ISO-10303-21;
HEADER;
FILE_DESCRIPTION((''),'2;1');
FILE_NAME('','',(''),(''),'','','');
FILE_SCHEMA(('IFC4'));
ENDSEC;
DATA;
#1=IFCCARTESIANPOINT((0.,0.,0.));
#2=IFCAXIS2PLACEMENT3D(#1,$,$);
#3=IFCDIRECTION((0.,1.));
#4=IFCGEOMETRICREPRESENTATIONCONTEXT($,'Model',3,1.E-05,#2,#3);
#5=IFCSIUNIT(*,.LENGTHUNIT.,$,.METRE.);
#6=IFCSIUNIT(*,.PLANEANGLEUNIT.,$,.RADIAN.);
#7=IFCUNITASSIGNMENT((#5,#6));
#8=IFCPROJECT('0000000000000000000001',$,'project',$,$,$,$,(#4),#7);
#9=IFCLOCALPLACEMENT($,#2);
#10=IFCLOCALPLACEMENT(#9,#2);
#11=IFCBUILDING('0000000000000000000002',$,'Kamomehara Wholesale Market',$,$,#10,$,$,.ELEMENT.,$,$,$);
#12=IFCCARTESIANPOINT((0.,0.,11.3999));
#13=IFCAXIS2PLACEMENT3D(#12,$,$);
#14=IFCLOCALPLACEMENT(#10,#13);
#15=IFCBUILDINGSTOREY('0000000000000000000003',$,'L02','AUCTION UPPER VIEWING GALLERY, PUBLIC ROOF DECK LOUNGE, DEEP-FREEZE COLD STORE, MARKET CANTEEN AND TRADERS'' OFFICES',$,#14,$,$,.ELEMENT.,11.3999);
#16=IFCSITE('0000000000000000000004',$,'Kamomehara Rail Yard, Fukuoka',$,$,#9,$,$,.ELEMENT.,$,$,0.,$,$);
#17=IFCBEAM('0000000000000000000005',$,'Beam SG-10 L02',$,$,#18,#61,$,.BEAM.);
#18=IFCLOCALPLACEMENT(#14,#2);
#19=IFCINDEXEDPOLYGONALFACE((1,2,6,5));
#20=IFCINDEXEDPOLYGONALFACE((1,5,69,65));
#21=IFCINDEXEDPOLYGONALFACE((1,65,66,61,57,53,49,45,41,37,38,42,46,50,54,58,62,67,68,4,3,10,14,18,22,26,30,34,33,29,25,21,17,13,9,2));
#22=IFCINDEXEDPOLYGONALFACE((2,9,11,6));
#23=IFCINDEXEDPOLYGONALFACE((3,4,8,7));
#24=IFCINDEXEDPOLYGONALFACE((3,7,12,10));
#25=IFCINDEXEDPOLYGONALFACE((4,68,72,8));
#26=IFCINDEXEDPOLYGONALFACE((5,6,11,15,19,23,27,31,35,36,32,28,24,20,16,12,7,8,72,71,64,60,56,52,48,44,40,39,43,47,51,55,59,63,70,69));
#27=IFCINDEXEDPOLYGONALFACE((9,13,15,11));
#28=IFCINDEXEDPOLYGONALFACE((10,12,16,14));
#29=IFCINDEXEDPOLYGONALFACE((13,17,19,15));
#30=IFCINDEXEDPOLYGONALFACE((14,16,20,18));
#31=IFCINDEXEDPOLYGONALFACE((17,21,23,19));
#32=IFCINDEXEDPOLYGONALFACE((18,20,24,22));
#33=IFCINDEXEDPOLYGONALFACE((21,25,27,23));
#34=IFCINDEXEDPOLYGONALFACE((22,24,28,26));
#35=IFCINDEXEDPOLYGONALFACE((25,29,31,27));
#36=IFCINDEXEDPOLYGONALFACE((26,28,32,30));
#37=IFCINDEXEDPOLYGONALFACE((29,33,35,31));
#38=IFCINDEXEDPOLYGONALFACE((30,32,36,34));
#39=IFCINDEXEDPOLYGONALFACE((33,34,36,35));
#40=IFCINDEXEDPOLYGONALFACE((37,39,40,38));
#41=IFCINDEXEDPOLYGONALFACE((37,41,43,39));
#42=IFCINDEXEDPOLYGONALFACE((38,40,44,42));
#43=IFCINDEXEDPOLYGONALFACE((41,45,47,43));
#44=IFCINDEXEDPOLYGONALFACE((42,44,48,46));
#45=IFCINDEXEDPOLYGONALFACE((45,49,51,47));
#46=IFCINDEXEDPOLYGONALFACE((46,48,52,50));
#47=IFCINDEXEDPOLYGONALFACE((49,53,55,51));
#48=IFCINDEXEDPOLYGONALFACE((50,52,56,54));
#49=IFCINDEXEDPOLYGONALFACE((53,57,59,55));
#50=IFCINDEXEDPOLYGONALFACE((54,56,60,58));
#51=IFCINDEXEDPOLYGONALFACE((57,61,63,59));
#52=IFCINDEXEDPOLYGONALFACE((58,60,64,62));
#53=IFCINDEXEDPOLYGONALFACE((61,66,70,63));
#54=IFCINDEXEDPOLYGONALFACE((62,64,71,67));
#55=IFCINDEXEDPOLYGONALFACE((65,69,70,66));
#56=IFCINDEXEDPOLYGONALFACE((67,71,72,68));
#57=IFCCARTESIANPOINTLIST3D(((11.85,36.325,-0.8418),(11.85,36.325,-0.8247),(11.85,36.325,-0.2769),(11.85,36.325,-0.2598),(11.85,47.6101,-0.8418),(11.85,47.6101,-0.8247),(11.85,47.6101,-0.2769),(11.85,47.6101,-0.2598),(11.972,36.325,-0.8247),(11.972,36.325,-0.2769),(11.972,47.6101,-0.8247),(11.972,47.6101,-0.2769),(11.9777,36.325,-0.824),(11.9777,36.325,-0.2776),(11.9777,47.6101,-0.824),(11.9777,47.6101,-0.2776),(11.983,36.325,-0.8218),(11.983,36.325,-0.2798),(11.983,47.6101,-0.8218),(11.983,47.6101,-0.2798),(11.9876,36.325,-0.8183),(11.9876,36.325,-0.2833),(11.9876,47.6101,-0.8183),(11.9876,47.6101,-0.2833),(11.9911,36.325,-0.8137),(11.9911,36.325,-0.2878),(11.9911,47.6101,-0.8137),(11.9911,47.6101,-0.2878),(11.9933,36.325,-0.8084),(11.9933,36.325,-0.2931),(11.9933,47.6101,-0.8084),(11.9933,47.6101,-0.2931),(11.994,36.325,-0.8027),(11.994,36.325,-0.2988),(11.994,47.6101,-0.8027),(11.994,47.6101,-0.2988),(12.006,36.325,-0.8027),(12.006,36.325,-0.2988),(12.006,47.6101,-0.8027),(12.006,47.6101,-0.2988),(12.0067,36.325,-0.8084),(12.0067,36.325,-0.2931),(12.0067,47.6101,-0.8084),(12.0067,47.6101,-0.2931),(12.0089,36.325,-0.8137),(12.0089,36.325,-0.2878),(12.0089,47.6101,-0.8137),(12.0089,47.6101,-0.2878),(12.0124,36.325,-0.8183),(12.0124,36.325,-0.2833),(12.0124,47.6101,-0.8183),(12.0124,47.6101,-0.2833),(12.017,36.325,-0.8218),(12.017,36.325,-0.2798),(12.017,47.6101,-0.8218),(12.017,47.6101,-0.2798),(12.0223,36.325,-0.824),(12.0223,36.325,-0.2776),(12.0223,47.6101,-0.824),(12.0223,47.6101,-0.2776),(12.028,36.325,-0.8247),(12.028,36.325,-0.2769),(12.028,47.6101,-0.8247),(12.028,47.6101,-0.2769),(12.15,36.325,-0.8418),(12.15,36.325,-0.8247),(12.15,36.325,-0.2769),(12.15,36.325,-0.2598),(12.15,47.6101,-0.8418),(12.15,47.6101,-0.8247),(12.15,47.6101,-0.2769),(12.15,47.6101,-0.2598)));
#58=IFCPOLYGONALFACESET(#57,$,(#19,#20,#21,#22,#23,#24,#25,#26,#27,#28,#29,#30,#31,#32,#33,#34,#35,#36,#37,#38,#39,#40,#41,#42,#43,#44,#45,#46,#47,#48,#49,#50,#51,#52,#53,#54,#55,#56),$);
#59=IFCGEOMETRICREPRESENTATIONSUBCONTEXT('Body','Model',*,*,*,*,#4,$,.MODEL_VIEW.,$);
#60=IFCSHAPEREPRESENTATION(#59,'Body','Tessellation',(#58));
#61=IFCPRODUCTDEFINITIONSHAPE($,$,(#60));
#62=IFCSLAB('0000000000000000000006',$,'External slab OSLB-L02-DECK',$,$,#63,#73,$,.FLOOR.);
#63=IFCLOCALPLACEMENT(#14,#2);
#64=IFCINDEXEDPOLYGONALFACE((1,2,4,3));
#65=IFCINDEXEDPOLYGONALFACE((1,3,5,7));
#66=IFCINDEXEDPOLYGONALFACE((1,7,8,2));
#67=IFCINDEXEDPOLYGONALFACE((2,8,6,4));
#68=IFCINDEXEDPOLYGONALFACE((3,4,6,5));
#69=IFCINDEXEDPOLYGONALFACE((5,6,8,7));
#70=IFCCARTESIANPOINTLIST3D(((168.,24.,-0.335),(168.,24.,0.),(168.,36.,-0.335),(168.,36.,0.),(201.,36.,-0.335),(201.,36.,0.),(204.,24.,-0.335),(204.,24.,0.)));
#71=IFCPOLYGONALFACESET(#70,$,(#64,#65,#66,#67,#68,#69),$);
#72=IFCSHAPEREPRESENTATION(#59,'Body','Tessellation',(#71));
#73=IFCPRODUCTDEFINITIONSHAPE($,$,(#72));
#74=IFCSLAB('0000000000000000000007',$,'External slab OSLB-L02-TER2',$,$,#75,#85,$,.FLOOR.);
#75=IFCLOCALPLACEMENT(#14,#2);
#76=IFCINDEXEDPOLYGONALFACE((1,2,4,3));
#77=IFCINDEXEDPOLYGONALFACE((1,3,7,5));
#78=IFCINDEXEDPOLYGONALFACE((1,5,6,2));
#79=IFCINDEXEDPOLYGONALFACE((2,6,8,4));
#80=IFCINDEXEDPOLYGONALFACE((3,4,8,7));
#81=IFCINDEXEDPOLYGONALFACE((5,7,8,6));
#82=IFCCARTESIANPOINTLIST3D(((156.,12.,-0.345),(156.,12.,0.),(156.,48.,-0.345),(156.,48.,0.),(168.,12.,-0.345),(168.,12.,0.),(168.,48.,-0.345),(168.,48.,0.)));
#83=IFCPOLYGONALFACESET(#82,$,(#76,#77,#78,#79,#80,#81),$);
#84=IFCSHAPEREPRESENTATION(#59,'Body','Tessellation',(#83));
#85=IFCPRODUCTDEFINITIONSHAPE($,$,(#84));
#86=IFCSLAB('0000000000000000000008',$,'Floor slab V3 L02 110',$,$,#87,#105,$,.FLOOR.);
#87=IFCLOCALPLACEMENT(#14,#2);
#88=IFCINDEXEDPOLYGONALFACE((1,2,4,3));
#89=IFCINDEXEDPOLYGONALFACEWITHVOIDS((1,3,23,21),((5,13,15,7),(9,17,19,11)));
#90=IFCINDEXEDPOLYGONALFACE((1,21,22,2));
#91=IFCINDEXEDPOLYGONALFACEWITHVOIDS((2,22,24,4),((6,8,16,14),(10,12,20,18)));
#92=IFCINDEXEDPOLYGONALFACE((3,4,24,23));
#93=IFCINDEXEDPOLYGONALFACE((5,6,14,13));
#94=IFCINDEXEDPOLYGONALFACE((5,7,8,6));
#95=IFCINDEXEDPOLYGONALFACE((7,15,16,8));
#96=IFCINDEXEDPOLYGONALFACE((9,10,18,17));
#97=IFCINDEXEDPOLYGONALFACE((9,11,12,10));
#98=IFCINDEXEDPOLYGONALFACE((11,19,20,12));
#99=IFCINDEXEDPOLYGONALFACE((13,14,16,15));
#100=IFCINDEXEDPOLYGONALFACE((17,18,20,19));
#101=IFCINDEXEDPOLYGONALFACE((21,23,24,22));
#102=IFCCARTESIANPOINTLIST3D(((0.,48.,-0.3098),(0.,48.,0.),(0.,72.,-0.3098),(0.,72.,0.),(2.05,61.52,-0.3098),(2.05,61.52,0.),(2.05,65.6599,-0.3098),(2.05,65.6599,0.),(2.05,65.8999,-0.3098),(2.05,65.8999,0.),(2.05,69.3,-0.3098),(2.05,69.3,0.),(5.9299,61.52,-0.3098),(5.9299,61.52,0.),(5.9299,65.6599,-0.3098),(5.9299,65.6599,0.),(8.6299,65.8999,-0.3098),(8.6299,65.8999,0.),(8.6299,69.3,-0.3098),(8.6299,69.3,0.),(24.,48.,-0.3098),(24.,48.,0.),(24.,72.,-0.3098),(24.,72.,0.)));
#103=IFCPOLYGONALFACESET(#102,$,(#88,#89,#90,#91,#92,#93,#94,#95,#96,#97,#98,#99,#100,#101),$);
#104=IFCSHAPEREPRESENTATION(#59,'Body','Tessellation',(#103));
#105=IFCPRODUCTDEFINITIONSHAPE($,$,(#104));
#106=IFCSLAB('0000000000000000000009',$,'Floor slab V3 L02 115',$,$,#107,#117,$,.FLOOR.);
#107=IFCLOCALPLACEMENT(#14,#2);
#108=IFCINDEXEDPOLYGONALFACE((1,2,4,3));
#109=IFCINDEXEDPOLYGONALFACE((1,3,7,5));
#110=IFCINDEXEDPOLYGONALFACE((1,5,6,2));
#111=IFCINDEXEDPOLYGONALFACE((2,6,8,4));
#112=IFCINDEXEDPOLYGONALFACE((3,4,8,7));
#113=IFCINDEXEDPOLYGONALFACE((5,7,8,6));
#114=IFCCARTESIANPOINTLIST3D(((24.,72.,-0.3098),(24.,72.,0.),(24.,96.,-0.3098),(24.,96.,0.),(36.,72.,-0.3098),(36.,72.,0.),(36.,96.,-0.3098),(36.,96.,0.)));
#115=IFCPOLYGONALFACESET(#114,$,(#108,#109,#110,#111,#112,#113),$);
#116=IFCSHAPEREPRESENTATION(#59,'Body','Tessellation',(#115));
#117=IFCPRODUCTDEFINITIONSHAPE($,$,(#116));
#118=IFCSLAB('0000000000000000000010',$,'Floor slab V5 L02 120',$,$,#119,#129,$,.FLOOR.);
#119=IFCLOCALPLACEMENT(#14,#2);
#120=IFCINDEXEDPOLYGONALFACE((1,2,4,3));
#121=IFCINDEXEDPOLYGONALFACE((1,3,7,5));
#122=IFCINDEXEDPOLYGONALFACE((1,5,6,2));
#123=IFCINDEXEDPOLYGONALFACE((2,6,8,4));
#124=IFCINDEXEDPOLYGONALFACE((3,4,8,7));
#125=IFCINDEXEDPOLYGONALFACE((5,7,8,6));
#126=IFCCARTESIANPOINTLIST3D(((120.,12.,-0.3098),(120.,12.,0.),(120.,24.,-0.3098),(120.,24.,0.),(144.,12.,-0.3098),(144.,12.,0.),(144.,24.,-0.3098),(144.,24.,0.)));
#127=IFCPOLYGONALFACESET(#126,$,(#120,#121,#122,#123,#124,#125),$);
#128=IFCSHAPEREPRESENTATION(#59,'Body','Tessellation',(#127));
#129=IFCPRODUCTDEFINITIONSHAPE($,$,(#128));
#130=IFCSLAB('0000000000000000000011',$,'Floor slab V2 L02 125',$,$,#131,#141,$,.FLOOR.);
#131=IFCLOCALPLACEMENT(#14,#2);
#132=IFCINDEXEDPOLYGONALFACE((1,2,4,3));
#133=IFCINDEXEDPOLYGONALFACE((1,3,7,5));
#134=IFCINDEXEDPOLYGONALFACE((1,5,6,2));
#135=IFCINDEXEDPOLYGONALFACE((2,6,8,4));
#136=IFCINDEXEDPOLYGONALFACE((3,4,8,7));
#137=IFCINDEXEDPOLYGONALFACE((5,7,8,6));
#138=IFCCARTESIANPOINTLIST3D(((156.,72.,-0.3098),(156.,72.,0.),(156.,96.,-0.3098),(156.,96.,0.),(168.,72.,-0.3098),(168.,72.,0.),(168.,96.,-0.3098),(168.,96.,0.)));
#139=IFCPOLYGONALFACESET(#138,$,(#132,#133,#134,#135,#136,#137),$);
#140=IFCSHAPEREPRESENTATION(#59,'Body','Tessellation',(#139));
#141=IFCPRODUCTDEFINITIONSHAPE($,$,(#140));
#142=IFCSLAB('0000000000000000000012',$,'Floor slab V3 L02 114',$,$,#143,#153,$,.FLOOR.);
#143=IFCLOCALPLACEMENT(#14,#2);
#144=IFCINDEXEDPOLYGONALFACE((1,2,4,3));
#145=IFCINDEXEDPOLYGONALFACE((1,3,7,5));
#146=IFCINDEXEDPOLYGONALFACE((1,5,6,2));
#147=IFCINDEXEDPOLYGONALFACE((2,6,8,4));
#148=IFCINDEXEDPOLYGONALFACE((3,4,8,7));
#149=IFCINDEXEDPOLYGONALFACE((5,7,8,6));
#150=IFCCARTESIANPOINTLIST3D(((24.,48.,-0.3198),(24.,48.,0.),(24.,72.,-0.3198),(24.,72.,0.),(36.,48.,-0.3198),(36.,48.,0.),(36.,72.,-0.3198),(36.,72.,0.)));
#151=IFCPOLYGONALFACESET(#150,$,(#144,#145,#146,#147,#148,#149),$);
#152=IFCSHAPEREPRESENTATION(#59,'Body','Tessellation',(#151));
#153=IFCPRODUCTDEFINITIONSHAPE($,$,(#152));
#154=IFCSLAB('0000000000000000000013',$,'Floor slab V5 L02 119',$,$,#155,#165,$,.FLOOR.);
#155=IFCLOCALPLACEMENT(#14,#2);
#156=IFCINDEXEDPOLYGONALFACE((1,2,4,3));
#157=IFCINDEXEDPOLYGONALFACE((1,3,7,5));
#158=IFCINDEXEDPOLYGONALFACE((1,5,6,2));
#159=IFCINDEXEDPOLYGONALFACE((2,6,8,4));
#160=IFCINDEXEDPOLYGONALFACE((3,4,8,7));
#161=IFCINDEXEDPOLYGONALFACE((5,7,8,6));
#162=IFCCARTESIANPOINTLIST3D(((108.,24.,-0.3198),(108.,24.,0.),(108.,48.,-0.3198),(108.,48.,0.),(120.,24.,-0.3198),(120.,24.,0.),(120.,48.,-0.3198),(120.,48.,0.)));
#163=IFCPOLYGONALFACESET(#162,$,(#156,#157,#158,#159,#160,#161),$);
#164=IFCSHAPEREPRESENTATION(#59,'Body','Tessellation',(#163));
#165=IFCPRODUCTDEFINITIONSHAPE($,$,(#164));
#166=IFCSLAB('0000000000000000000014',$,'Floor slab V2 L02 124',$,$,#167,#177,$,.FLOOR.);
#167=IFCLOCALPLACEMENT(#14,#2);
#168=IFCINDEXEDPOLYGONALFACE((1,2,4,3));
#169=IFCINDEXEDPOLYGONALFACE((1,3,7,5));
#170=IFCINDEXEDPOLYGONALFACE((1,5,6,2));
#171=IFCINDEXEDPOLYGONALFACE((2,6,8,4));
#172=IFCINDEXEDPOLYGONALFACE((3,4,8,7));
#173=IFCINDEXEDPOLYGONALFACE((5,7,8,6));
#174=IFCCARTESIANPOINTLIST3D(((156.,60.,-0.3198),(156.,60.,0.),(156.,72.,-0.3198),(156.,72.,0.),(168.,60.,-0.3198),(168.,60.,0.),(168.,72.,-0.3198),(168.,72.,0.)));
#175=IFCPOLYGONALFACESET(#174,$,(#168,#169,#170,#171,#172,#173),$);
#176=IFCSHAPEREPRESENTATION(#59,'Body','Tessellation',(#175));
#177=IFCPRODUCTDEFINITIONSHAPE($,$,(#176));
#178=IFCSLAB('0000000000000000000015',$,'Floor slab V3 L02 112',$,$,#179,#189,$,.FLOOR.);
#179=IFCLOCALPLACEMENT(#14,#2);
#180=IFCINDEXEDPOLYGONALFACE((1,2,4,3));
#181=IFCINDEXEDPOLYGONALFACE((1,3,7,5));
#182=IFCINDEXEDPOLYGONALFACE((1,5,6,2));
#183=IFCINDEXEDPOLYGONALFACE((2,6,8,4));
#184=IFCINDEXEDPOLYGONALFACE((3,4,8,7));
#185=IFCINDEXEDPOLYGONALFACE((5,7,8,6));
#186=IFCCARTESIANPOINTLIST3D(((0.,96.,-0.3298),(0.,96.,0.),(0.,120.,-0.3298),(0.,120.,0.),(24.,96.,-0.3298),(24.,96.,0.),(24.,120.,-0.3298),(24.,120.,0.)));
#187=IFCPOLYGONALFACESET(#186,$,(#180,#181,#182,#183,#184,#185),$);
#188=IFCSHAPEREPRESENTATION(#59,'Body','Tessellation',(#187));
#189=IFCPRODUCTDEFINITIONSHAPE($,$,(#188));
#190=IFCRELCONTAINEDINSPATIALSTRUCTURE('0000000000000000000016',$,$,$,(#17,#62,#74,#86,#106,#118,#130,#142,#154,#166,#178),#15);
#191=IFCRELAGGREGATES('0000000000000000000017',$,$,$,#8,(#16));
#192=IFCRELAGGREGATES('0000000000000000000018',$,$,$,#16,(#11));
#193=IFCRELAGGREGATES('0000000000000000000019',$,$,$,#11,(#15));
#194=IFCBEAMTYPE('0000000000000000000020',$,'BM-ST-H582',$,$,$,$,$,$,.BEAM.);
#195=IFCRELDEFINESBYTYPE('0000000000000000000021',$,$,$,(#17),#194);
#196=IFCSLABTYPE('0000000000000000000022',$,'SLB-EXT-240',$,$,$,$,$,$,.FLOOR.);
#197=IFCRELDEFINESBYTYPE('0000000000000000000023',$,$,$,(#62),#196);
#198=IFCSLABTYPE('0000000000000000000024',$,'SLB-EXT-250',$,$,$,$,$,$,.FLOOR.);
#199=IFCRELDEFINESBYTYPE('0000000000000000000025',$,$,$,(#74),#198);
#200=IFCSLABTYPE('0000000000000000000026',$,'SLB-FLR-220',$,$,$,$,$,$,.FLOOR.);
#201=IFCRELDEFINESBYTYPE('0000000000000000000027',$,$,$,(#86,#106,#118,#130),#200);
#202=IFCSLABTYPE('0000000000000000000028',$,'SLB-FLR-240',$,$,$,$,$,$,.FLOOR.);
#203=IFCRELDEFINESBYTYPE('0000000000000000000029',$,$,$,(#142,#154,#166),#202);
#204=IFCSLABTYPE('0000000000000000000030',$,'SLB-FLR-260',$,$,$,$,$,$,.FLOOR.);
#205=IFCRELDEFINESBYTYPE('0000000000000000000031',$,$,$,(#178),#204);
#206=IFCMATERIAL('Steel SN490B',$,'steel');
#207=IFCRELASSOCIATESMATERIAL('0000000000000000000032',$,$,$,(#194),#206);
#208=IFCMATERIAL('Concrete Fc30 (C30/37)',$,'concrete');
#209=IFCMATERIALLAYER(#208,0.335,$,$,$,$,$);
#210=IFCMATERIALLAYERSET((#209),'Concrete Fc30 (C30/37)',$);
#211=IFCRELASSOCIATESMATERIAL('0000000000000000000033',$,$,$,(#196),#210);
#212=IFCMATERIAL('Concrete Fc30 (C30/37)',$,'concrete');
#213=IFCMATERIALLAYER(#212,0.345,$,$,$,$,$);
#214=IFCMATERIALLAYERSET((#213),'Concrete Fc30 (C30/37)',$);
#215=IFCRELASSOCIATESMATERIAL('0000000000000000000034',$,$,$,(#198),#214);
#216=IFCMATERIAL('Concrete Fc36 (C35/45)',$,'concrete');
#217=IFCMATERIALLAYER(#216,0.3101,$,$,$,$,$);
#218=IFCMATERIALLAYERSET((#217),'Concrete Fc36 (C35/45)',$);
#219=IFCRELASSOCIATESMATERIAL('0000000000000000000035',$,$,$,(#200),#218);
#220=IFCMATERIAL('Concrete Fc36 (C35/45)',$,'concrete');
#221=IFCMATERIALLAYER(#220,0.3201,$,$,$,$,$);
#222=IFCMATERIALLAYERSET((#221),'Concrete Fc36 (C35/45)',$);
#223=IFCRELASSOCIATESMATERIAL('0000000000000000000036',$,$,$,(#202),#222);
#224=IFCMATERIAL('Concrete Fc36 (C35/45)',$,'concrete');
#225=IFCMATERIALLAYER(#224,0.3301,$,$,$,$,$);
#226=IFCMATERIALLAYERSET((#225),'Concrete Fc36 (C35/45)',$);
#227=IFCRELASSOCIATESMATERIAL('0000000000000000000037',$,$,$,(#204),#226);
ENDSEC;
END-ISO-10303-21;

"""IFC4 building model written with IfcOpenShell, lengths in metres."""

from ifc_helpers import new_model, si_unit, direction, frame, origin, origin_2d, place, context, subcontext, project, spatial, polyline, i_section, outline, extrude, material, layer, layer_set, material_profile, profile_set, type_object, element, save


model = new_model("IFC4")

# Units and contexts
model_context = context("Model", 3, precision=1e-05, world=origin(), true_north=direction((0.0, 1.0)))
body_context = subcontext(model_context, "Body", "Model", "MODEL_VIEW")
ifc_project = project(units=[si_unit("LENGTHUNIT", "METRE"), si_unit("PLANEANGLEUNIT", "RADIAN")], contexts=[model_context])

# Site, building, storey
site_placement = place(None, origin())
site = spatial("IfcSite", under=ifc_project, at=site_placement, Name="Kamomehara Rail Yard, Fukuoka", CompositionType="ELEMENT", RefElevation=0.0)
building_placement = place(site_placement, origin())
building = spatial("IfcBuilding", under=site, at=building_placement, Name="Kamomehara Wholesale Market", CompositionType="ELEMENT")
storey_placement = place(building_placement, frame((0.0, 0.0, 11.3999)))
storey = spatial("IfcBuildingStorey", under=building, at=storey_placement, Name="L02", Description="AUCTION UPPER VIEWING GALLERY, PUBLIC ROOF DECK LOUNGE, DEEP-FREEZE COLD STORE, MARKET CANTEEN AND TRADERS' OFFICES", CompositionType="ELEMENT", Elevation=11.3999)

# Beam
ifc_material_1 = material(Name="Steel SN490B", Category="steel")
ifc_material_profile_1 = material_profile(ifc_material_1, i_section(OverallWidth=0.3, OverallDepth=0.582, WebThickness=0.012, FlangeThickness=0.0171, FilletRadius=0.022, at=origin_2d()), Name="H-582x300x12x17")
ifc_profile_set_1 = profile_set([ifc_material_profile_1], Name="Steel SN490B")
beam_type_1 = type_object("IfcBeamType", Name="BM-ST-H582", PredefinedType="BEAM", material=ifc_profile_set_1)
beam_1_placement = place(storey_placement, frame((12.0, 36.325, -0.5508), z_axis=(0.0, 1.0, 0.0), x_axis=(-1.0, 0.0, 0.0)))
element("IfcBeam", 1, at=beam_1_placement, inside=storey, type_object=beam_type_1, Name="Beam SG-10 L02", PredefinedType="BEAM", context=body_context, shape_type="SweptSolid", body=[
    extrude(i_section(OverallWidth=0.3, OverallDepth=0.582, WebThickness=0.012, FlangeThickness=0.0171, FilletRadius=0.022, at=origin_2d()), origin(), (0.0, 0.0, 1.0), 11.2852),
])

# Slabs
ifc_material_2 = material(Name="Concrete Fc30 (C30/37)", Category="concrete")
ifc_layer_1 = layer(ifc_material_2, 0.335)
ifc_layer_set_1 = layer_set([ifc_layer_1], Name="Concrete Fc30 (C30/37)")
slab_type_1 = type_object("IfcSlabType", Name="SLB-EXT-240", PredefinedType="FLOOR", material=ifc_layer_set_1)
slab_1_placement = place(storey_placement, frame((0.0, 0.0, -0.335)))
element("IfcSlab", 2, at=slab_1_placement, inside=storey, type_object=slab_type_1, Name="External slab OSLB-L02-DECK", PredefinedType="FLOOR", context=body_context, shape_type="SweptSolid", body=[
    extrude(outline(polyline([(168.0, 24.0), (204.0, 24.0), (201.0, 36.0), (168.0, 36.0), (168.0, 24.0)])), origin(), (0.0, 0.0, 1.0), 0.335),
])
ifc_material_3 = material(Name="Concrete Fc30 (C30/37)", Category="concrete")
ifc_layer_2 = layer(ifc_material_3, 0.345)
ifc_layer_set_2 = layer_set([ifc_layer_2], Name="Concrete Fc30 (C30/37)")
slab_type_2 = type_object("IfcSlabType", Name="SLB-EXT-250", PredefinedType="FLOOR", material=ifc_layer_set_2)
slab_2_placement = place(storey_placement, frame((0.0, 0.0, -0.345)))
element("IfcSlab", 3, at=slab_2_placement, inside=storey, type_object=slab_type_2, Name="External slab OSLB-L02-TER2", PredefinedType="FLOOR", context=body_context, shape_type="SweptSolid", body=[
    extrude(outline(polyline([(156.0, 12.0), (168.0, 12.0), (168.0, 48.0), (156.0, 48.0), (156.0, 12.0)])), origin(), (0.0, 0.0, 1.0), 0.345),
])
ifc_material_4 = material(Name="Concrete Fc36 (C35/45)", Category="concrete")
ifc_layer_3 = layer(ifc_material_4, 0.3101)
ifc_layer_set_3 = layer_set([ifc_layer_3], Name="Concrete Fc36 (C35/45)")
slab_type_3 = type_object("IfcSlabType", Name="SLB-FLR-220", PredefinedType="FLOOR", material=ifc_layer_set_3)
slab_3_placement = place(storey_placement, frame((0.0, 0.0, -0.3098)))
element("IfcSlab", 4, at=slab_3_placement, inside=storey, type_object=slab_type_3, Name="Floor slab V3 L02 110", PredefinedType="FLOOR", context=body_context, shape_type="SweptSolid", body=[
    extrude(outline(polyline([(24.0, 72.0), (24.0, 48.0), (0.0, 48.0), (0.0, 72.0), (24.0, 72.0)]), holes=[polyline([(8.6299, 65.8999), (8.6299, 69.3), (2.05, 69.3), (2.05, 65.8999), (8.6299, 65.8999)]), polyline([(5.9299, 61.52), (5.9299, 65.6599), (2.05, 65.6599), (2.05, 61.52), (5.9299, 61.52)])]), origin(), (0.0, 0.0, 1.0), 0.3098),
])
slab_4_placement = place(storey_placement, frame((0.0, 0.0, -0.3098)))
element("IfcSlab", 5, at=slab_4_placement, inside=storey, type_object=slab_type_3, Name="Floor slab V3 L02 115", PredefinedType="FLOOR", context=body_context, shape_type="SweptSolid", body=[
    extrude(outline(polyline([(36.0, 72.0), (24.0, 72.0), (24.0, 96.0), (36.0, 96.0), (36.0, 72.0)])), origin(), (0.0, 0.0, 1.0), 0.3098),
])
slab_5_placement = place(storey_placement, frame((0.0, 0.0, -0.3098)))
element("IfcSlab", 6, at=slab_5_placement, inside=storey, type_object=slab_type_3, Name="Floor slab V5 L02 120", PredefinedType="FLOOR", context=body_context, shape_type="SweptSolid", body=[
    extrude(outline(polyline([(120.0, 24.0), (144.0, 24.0), (144.0, 12.0), (120.0, 12.0), (120.0, 24.0)])), origin(), (0.0, 0.0, 1.0), 0.3098),
])
slab_6_placement = place(storey_placement, frame((0.0, 0.0, -0.3098)))
element("IfcSlab", 7, at=slab_6_placement, inside=storey, type_object=slab_type_3, Name="Floor slab V2 L02 125", PredefinedType="FLOOR", context=body_context, shape_type="SweptSolid", body=[
    extrude(outline(polyline([(168.0, 72.0), (156.0, 72.0), (156.0, 96.0), (168.0, 96.0), (168.0, 72.0)])), origin(), (0.0, 0.0, 1.0), 0.3098),
])
ifc_material_5 = material(Name="Concrete Fc36 (C35/45)", Category="concrete")
ifc_layer_4 = layer(ifc_material_5, 0.3201)
ifc_layer_set_4 = layer_set([ifc_layer_4], Name="Concrete Fc36 (C35/45)")
slab_type_4 = type_object("IfcSlabType", Name="SLB-FLR-240", PredefinedType="FLOOR", material=ifc_layer_set_4)
slab_7_placement = place(storey_placement, frame((0.0, 0.0, -0.3198)))
element("IfcSlab", 8, at=slab_7_placement, inside=storey, type_object=slab_type_4, Name="Floor slab V3 L02 114", PredefinedType="FLOOR", context=body_context, shape_type="SweptSolid", body=[
    extrude(outline(polyline([(36.0, 48.0), (24.0, 48.0), (24.0, 72.0), (36.0, 72.0), (36.0, 48.0)])), origin(), (0.0, 0.0, 1.0), 0.3198),
])
slab_8_placement = place(storey_placement, frame((0.0, 0.0, -0.3198)))
element("IfcSlab", 9, at=slab_8_placement, inside=storey, type_object=slab_type_4, Name="Floor slab V5 L02 119", PredefinedType="FLOOR", context=body_context, shape_type="SweptSolid", body=[
    extrude(outline(polyline([(120.0, 24.0), (108.0, 24.0), (108.0, 48.0), (120.0, 48.0), (120.0, 24.0)])), origin(), (0.0, 0.0, 1.0), 0.3198),
])
slab_9_placement = place(storey_placement, frame((0.0, 0.0, -0.3198)))
element("IfcSlab", 10, at=slab_9_placement, inside=storey, type_object=slab_type_4, Name="Floor slab V2 L02 124", PredefinedType="FLOOR", context=body_context, shape_type="SweptSolid", body=[
    extrude(outline(polyline([(168.0, 72.0), (168.0, 60.0), (156.0, 60.0), (156.0, 72.0), (168.0, 72.0)])), origin(), (0.0, 0.0, 1.0), 0.3198),
])
ifc_material_6 = material(Name="Concrete Fc36 (C35/45)", Category="concrete")
ifc_layer_5 = layer(ifc_material_6, 0.3301)
ifc_layer_set_5 = layer_set([ifc_layer_5], Name="Concrete Fc36 (C35/45)")
slab_type_5 = type_object("IfcSlabType", Name="SLB-FLR-260", PredefinedType="FLOOR", material=ifc_layer_set_5)
slab_10_placement = place(storey_placement, frame((0.0, 0.0, -0.3298)))
element("IfcSlab", 11, at=slab_10_placement, inside=storey, type_object=slab_type_5, Name="Floor slab V3 L02 112", PredefinedType="FLOOR", context=body_context, shape_type="SweptSolid", body=[
    extrude(outline(polyline([(24.0, 120.0), (24.0, 96.0), (0.0, 96.0), (0.0, 120.0), (24.0, 120.0)])), origin(), (0.0, 0.0, 1.0), 0.3298),
])

save(model, "model.ifc")
